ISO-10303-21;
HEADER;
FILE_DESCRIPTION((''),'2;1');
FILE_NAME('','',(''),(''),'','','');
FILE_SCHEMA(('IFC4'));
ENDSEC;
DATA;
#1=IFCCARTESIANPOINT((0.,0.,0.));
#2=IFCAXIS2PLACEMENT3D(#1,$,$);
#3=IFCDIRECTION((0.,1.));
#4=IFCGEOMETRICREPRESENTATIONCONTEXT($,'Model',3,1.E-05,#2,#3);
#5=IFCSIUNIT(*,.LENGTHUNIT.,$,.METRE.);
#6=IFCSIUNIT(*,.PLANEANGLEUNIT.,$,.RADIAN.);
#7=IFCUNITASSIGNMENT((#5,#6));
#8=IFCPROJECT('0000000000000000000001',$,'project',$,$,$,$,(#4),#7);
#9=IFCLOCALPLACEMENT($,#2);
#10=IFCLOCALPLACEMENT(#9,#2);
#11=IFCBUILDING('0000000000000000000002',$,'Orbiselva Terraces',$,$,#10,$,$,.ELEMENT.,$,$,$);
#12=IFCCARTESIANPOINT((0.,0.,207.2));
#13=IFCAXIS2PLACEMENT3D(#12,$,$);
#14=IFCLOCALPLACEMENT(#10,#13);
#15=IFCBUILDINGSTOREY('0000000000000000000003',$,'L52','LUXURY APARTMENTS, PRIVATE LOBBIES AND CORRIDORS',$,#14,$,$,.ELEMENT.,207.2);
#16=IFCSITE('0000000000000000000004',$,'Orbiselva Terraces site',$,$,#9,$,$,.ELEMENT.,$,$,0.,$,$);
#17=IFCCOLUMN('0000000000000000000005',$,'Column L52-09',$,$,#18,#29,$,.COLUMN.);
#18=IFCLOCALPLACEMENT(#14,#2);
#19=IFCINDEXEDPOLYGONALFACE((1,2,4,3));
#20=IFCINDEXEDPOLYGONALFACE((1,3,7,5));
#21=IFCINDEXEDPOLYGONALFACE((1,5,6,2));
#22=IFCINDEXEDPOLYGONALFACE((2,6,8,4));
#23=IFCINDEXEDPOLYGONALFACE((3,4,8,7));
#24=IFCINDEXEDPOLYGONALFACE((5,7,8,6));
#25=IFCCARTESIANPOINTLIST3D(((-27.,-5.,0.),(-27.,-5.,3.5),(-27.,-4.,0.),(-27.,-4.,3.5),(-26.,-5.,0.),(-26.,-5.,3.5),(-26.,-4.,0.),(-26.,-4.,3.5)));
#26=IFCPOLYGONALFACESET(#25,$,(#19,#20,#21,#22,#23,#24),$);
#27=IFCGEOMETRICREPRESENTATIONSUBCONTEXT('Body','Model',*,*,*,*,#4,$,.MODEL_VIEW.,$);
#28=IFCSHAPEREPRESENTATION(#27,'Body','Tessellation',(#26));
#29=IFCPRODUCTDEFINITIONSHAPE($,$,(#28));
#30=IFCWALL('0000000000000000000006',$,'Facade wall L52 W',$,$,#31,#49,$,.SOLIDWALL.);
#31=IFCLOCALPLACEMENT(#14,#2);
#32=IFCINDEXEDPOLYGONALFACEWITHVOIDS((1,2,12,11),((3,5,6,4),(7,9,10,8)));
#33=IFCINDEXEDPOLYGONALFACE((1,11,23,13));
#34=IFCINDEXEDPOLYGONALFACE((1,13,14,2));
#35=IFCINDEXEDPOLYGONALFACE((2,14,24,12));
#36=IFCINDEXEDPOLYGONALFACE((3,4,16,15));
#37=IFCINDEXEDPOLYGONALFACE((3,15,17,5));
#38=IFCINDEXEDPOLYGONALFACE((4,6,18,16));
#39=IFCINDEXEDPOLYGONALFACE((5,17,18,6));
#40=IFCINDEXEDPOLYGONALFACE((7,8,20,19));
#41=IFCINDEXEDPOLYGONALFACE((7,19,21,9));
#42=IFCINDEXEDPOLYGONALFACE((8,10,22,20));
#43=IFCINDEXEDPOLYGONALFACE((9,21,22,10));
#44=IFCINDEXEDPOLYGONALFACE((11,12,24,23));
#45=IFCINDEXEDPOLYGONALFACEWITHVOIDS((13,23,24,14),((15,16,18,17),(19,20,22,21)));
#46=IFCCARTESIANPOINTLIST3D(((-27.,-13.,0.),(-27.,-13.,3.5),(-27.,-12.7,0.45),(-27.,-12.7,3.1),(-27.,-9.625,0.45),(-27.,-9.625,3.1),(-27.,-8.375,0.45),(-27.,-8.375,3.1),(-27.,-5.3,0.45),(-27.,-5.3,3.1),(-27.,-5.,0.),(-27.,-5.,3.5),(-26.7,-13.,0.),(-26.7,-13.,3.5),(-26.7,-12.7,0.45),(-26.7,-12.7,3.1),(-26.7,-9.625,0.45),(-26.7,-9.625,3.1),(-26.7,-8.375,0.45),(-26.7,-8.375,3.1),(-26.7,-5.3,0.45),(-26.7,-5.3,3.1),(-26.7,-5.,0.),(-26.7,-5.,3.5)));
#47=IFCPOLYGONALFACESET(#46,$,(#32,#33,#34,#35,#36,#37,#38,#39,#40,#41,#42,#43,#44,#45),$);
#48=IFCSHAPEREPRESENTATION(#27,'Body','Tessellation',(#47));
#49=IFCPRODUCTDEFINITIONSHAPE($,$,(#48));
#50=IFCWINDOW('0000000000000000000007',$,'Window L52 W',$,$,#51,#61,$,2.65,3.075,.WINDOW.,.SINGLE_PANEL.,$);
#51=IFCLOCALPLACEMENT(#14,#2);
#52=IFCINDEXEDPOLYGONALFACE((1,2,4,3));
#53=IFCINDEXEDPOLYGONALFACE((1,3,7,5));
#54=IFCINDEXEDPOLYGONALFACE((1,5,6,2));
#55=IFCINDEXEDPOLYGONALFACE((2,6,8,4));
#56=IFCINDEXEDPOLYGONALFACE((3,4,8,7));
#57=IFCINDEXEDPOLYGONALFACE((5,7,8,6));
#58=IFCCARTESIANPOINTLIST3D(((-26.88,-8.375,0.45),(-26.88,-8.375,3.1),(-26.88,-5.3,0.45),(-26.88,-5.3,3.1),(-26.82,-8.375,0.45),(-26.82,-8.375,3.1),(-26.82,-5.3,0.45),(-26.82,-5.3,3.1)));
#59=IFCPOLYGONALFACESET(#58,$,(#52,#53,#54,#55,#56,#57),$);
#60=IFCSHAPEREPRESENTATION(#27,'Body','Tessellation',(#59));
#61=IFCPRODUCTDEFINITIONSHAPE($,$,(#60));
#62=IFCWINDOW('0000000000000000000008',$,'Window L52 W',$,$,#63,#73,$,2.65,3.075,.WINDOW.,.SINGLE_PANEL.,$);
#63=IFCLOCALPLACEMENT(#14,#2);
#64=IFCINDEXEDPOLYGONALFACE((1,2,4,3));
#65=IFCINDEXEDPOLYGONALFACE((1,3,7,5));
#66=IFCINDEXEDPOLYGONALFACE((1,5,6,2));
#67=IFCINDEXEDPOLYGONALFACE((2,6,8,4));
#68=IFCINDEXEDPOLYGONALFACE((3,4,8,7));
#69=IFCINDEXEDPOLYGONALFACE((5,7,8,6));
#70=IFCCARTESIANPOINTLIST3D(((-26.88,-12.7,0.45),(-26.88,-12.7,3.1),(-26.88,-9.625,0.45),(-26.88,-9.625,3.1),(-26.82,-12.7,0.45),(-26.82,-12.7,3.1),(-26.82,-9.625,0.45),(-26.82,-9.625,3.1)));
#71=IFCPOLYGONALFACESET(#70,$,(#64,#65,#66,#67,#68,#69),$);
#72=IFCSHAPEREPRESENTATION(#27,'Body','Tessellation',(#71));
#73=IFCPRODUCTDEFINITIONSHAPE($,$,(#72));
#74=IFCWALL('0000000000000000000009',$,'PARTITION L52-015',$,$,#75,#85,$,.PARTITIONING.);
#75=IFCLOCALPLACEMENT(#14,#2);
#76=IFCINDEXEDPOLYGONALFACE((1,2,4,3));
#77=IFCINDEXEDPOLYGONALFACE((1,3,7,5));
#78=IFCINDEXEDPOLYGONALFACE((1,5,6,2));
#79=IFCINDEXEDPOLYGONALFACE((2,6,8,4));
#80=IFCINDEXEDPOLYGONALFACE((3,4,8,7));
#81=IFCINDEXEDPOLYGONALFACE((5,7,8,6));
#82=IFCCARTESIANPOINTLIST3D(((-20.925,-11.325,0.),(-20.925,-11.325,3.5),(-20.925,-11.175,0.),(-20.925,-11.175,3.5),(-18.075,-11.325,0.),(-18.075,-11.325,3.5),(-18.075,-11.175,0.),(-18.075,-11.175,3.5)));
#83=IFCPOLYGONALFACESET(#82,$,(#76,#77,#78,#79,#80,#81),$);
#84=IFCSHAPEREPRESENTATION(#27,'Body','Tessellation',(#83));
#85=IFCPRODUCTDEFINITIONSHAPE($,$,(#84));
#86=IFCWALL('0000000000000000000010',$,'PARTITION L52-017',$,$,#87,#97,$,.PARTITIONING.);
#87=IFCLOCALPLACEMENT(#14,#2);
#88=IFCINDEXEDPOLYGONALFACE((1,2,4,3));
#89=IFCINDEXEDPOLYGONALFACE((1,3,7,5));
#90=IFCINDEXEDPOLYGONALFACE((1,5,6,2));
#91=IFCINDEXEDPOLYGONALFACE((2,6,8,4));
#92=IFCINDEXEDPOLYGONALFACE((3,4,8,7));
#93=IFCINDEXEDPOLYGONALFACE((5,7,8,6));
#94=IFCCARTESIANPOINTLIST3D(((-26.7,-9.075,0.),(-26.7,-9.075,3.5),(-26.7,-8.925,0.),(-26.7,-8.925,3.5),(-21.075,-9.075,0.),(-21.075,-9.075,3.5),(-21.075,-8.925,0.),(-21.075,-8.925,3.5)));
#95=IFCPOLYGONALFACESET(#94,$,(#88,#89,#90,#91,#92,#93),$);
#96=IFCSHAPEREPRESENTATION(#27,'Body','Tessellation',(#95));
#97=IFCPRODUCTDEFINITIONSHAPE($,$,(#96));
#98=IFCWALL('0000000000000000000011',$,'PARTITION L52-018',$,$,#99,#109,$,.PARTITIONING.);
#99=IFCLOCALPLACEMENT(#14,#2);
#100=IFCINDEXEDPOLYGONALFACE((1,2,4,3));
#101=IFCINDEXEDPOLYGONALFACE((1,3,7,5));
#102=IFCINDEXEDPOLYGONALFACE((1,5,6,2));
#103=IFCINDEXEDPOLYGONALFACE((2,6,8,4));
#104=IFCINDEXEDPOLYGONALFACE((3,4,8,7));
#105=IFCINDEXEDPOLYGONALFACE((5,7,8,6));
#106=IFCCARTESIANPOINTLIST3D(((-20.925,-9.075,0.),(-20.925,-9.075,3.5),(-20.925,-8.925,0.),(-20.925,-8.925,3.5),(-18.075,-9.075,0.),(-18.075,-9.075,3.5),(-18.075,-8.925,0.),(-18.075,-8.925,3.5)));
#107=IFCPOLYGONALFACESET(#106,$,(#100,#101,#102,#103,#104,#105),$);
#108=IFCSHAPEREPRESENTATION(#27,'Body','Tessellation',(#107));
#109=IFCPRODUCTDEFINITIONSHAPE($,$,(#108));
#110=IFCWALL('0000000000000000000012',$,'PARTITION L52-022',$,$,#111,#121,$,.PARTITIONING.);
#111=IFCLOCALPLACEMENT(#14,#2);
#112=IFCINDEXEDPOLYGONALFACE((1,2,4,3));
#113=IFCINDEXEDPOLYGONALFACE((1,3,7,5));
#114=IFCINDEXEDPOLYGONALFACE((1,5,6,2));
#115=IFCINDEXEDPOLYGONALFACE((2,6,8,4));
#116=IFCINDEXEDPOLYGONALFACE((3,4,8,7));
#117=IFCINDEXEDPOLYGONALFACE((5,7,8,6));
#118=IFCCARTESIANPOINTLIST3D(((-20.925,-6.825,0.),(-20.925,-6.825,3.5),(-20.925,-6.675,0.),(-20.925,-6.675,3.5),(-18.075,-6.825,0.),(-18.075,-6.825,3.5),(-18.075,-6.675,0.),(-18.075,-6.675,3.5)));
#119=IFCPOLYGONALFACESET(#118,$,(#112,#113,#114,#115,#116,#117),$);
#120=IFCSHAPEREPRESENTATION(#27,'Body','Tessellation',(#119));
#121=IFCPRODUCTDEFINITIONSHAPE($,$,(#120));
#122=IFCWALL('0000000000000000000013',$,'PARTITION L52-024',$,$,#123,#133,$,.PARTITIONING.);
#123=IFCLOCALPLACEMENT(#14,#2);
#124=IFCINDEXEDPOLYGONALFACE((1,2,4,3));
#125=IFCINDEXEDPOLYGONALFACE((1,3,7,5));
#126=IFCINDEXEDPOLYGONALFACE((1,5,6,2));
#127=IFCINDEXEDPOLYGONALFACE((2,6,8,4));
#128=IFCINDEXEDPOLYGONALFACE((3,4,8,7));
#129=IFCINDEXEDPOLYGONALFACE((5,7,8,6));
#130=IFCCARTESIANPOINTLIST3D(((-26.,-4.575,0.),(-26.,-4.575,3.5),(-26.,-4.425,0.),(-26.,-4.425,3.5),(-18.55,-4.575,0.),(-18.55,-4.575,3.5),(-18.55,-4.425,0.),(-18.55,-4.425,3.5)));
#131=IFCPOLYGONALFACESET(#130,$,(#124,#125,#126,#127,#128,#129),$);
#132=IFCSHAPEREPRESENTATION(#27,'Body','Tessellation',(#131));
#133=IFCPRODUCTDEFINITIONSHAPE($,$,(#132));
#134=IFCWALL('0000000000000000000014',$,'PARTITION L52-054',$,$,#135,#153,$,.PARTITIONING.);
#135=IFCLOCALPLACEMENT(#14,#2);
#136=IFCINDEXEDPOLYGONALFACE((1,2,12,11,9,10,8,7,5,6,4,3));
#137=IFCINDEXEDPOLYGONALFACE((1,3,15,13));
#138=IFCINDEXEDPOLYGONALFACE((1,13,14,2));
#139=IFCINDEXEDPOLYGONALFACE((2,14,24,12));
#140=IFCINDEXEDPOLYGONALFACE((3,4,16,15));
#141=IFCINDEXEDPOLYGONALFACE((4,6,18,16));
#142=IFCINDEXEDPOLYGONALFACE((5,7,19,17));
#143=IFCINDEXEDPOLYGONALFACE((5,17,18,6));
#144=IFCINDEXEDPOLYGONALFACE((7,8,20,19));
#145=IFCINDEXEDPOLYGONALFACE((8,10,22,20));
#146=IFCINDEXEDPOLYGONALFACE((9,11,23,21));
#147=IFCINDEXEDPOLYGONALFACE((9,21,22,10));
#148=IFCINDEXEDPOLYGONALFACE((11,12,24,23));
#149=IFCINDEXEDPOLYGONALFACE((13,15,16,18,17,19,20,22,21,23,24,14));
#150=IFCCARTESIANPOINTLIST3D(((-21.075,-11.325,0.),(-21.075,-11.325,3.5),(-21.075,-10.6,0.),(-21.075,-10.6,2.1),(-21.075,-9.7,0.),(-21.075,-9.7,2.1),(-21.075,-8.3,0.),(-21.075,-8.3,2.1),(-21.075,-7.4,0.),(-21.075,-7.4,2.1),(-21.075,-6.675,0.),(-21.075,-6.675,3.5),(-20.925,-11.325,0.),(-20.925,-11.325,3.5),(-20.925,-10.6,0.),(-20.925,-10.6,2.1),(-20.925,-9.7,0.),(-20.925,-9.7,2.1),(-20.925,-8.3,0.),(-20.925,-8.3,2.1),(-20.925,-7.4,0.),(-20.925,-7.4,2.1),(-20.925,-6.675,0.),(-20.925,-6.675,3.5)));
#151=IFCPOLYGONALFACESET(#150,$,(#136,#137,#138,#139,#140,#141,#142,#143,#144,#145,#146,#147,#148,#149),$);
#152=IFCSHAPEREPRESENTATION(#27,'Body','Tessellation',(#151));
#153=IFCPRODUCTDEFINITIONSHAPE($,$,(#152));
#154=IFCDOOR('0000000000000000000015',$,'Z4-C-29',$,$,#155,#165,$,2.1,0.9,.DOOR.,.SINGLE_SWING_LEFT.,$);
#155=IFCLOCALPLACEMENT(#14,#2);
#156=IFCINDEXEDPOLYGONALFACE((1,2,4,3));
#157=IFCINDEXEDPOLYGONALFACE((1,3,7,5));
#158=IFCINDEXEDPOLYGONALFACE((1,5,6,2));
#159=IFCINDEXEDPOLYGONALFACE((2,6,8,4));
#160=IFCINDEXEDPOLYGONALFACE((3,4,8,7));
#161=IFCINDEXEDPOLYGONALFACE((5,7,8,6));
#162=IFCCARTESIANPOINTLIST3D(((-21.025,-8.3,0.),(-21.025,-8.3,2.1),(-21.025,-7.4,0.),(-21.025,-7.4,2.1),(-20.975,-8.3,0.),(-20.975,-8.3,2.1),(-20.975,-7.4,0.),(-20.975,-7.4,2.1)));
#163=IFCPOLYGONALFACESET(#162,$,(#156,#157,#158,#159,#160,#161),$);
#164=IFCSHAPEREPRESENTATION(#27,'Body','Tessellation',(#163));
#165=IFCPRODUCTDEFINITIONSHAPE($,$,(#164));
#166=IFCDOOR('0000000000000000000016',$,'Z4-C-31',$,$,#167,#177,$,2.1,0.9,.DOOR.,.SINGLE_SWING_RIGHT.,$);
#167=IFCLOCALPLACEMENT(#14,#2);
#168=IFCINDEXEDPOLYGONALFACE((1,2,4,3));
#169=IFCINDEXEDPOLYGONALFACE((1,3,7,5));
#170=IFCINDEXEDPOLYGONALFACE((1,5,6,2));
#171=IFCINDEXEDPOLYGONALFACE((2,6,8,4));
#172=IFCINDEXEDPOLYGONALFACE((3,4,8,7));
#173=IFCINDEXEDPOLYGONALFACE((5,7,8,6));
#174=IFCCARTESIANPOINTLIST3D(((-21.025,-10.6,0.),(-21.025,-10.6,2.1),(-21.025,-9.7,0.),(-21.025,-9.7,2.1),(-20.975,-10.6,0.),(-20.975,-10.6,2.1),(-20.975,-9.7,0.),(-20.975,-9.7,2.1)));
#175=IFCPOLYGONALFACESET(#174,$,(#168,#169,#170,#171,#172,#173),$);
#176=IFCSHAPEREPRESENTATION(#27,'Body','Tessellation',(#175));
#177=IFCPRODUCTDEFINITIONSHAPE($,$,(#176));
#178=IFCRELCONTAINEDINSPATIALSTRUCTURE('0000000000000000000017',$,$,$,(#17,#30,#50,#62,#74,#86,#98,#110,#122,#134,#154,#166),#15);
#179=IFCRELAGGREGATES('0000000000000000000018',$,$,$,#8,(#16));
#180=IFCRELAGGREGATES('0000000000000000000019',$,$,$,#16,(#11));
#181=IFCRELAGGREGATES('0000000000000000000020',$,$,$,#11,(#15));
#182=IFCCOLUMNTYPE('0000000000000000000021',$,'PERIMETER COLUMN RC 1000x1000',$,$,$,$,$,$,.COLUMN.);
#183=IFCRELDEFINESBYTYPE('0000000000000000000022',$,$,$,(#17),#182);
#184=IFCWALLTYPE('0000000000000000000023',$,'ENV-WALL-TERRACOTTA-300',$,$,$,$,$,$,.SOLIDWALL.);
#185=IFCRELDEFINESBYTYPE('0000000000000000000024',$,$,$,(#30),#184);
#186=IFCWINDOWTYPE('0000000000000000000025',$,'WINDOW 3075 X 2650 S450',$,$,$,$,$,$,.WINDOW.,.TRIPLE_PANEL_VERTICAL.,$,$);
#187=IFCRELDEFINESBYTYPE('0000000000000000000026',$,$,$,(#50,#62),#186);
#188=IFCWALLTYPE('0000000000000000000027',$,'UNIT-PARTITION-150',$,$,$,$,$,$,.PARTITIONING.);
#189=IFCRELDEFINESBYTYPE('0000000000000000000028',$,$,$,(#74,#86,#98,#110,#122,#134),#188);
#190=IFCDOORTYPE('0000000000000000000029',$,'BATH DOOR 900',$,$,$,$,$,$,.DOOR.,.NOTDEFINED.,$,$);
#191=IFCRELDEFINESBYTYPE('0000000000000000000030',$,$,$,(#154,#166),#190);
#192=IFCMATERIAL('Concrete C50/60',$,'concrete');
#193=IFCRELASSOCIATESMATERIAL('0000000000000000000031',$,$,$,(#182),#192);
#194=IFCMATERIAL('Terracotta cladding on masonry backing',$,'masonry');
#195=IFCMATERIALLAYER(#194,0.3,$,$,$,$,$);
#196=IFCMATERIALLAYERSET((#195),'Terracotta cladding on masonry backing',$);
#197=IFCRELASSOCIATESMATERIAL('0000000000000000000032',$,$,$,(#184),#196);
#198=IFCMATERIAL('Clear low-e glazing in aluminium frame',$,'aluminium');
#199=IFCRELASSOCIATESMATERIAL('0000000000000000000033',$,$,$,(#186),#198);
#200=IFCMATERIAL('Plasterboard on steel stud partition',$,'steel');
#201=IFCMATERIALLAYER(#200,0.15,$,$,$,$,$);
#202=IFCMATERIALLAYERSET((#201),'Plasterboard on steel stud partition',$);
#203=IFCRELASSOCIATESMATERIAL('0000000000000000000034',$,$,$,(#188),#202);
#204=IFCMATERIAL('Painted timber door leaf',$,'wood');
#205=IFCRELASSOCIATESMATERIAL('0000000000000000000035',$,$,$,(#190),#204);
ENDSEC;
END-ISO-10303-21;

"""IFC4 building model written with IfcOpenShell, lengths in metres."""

from ifc_helpers import new_model, si_unit, direction, frame, frame_2d, origin, origin_2d, place, context, subcontext, project, spatial, rectangle, extrude, material, layer, layer_set, material_profile, profile_set, type_object, element, fill, save


model = new_model("IFC4")

# Units and contexts
model_context = context("Model", 3, precision=1e-05, world=origin(), true_north=direction((0.0, 1.0)))
body_context = subcontext(model_context, "Body", "Model", "MODEL_VIEW")
ifc_project = project(units=[si_unit("LENGTHUNIT", "METRE"), si_unit("PLANEANGLEUNIT", "RADIAN")], contexts=[model_context])

# Site, building, storey
site_placement = place(None, origin())
site = spatial("IfcSite", under=ifc_project, at=site_placement, Name="Orbiselva Terraces site", CompositionType="ELEMENT", RefElevation=0.0)
building_placement = place(site_placement, origin())
building = spatial("IfcBuilding", under=site, at=building_placement, Name="Orbiselva Terraces", CompositionType="ELEMENT")
storey_placement = place(building_placement, frame((0.0, 0.0, 207.2)))
storey = spatial("IfcBuildingStorey", under=building, at=storey_placement, Name="L52", Description="LUXURY APARTMENTS, PRIVATE LOBBIES AND CORRIDORS", CompositionType="ELEMENT", Elevation=207.2)

# Column
ifc_material_1 = material(Name="Concrete C50/60", Category="concrete")
ifc_material_profile = material_profile(ifc_material_1, rectangle(XDim=1.0, YDim=1.0, at=origin_2d()), Name="RC 1000x1000")
ifc_profile_set = profile_set([ifc_material_profile], Name="Concrete C50/60")
column_type = type_object("IfcColumnType", Name="PERIMETER COLUMN RC 1000x1000", PredefinedType="COLUMN", material=ifc_profile_set)
column_placement = place(storey_placement, frame((-26.5, -4.5, 0.0), z_axis=(0.0, 0.0, 1.0), x_axis=(1.0, 0.0, 0.0)))
element("IfcColumn", 1, at=column_placement, inside=storey, type_object=column_type, Name="Column L52-09", PredefinedType="COLUMN", context=body_context, shape_type="SweptSolid", body=[
    extrude(rectangle(XDim=1.0, YDim=1.0, at=origin_2d()), origin(), (0.0, 0.0, 1.0), 3.5),
])

# Wall, openings, windows
ifc_material_2 = material(Name="Terracotta cladding on masonry backing", Category="masonry")
ifc_layer_1 = layer(ifc_material_2, 0.3)
ifc_layer_set_1 = layer_set([ifc_layer_1], Name="Terracotta cladding on masonry backing")
wall_type_1 = type_object("IfcWallType", Name="ENV-WALL-TERRACOTTA-300", PredefinedType="SOLIDWALL", material=ifc_layer_set_1)
wall_1_placement = place(storey_placement, frame((-26.85, -13.0, 0.0), z_axis=(0.0, 0.0, 1.0), x_axis=(0.0, 1.0, 0.0)))
wall_1 = element("IfcWall", 2, at=wall_1_placement, inside=storey, type_object=wall_type_1, Name="Facade wall L52 W", PredefinedType="SOLIDWALL", context=body_context, shape_type="SweptSolid", body=[
    extrude(rectangle(XDim=8.0, YDim=0.3, at=frame_2d((4.0, 0.0))), origin(), (0.0, 0.0, 1.0), 3.5),
])
opening_1_placement = place(wall_1_placement, frame((4.625, 0.0, 0.45)))
opening_1 = element("IfcOpeningElement", 3, at=opening_1_placement, cuts=wall_1, PredefinedType="OPENING", context=body_context, shape_type="SweptSolid", body=[
    extrude(rectangle(XDim=3.075, YDim=2.65, at=frame_2d((1.5375, 1.325))), frame((0.0, 0.16, 0.0), z_axis=(0.0, -1.0, 0.0), x_axis=(1.0, 0.0, 0.0)), (0.0, 0.0, 1.0), 0.32),
])
opening_2_placement = place(wall_1_placement, frame((0.3, 0.0, 0.45)))
opening_2 = element("IfcOpeningElement", 4, at=opening_2_placement, cuts=wall_1, PredefinedType="OPENING", context=body_context, shape_type="SweptSolid", body=[
    extrude(rectangle(XDim=3.075, YDim=2.65, at=frame_2d((1.5375, 1.325))), frame((0.0, 0.16, 0.0), z_axis=(0.0, -1.0, 0.0), x_axis=(1.0, 0.0, 0.0)), (0.0, 0.0, 1.0), 0.32),
])
ifc_material_3 = material(Name="Clear low-e glazing in aluminium frame", Category="aluminium")
window_type = type_object("IfcWindowType", Name="WINDOW 3075 X 2650 S450", PartitioningType="TRIPLE_PANEL_VERTICAL", PredefinedType="WINDOW", material=ifc_material_3)
window_1_placement = place(opening_1_placement, origin())
window_1 = element("IfcWindow", 5, at=window_1_placement, inside=storey, type_object=window_type, Name="Window L52 W", OverallHeight=2.65, OverallWidth=3.075, PartitioningType="SINGLE_PANEL", PredefinedType="WINDOW", context=body_context, shape_type="SweptSolid", body=[
    extrude(rectangle(XDim=3.075, YDim=2.65, at=frame_2d((1.5375, 1.325))), frame((0.0, 0.03, 0.0), z_axis=(0.0, -1.0, 0.0), x_axis=(1.0, 0.0, 0.0)), (0.0, 0.0, 1.0), 0.06),
])
fill(opening_1, window_1)
window_2_placement = place(opening_2_placement, origin())
window_2 = element("IfcWindow", 6, at=window_2_placement, inside=storey, type_object=window_type, Name="Window L52 W", OverallHeight=2.65, OverallWidth=3.075, PartitioningType="SINGLE_PANEL", PredefinedType="WINDOW", context=body_context, shape_type="SweptSolid", body=[
    extrude(rectangle(XDim=3.075, YDim=2.65, at=frame_2d((1.5375, 1.325))), frame((0.0, 0.03, 0.0), z_axis=(0.0, -1.0, 0.0), x_axis=(1.0, 0.0, 0.0)), (0.0, 0.0, 1.0), 0.06),
])
fill(opening_2, window_2)

# Walls
ifc_material_4 = material(Name="Plasterboard on steel stud partition", Category="steel")
ifc_layer_2 = layer(ifc_material_4, 0.15)
ifc_layer_set_2 = layer_set([ifc_layer_2], Name="Plasterboard on steel stud partition")
wall_type_2 = type_object("IfcWallType", Name="UNIT-PARTITION-150", PredefinedType="PARTITIONING", material=ifc_layer_set_2)
wall_2_placement = place(storey_placement, frame((-20.925, -11.25, 0.0), z_axis=(0.0, 0.0, 1.0), x_axis=(1.0, 0.0, 0.0)))
element("IfcWall", 7, at=wall_2_placement, inside=storey, type_object=wall_type_2, Name="PARTITION L52-015", PredefinedType="PARTITIONING", context=body_context, shape_type="SweptSolid", body=[
    extrude(rectangle(XDim=2.85, YDim=0.15, at=frame_2d((1.425, 0.0))), origin(), (0.0, 0.0, 1.0), 3.5),
])
wall_3_placement = place(storey_placement, frame((-26.7, -9.0, 0.0), z_axis=(0.0, 0.0, 1.0), x_axis=(1.0, 0.0, 0.0)))
element("IfcWall", 8, at=wall_3_placement, inside=storey, type_object=wall_type_2, Name="PARTITION L52-017", PredefinedType="PARTITIONING", context=body_context, shape_type="SweptSolid", body=[
    extrude(rectangle(XDim=5.625, YDim=0.15, at=frame_2d((2.8125, 0.0))), origin(), (0.0, 0.0, 1.0), 3.5),
])
for number, where, z_axis, x_axis, name in (
    (9, (-20.925, -9.0, 0.0), (0.0, 0.0, 1.0), (1.0, 0.0, 0.0), "PARTITION L52-018"),
    (10, (-20.925, -6.75, 0.0), (0.0, 0.0, 1.0), (1.0, 0.0, 0.0), "PARTITION L52-022"),
):
    element("IfcWall", number, at=place(storey_placement, frame(where, z_axis=z_axis, x_axis=x_axis)), inside=storey, type_object=wall_type_2, Name=name, PredefinedType="PARTITIONING", context=body_context, shape_type="SweptSolid", body=[
        extrude(rectangle(XDim=2.85, YDim=0.15, at=frame_2d((1.425, 0.0))), origin(), (0.0, 0.0, 1.0), 3.5),
    ])
wall_4_placement = place(storey_placement, frame((-26.0, -4.5, 0.0), z_axis=(0.0, 0.0, 1.0), x_axis=(1.0, 0.0, 0.0)))
element("IfcWall", 11, at=wall_4_placement, inside=storey, type_object=wall_type_2, Name="PARTITION L52-024", PredefinedType="PARTITIONING", context=body_context, shape_type="SweptSolid", body=[
    extrude(rectangle(XDim=7.45, YDim=0.15, at=frame_2d((3.725, 0.0))), origin(), (0.0, 0.0, 1.0), 3.5),
])

# Wall, openings, doors
wall_5_placement = place(storey_placement, frame((-21.0, -6.675, 0.0), z_axis=(0.0, 0.0, 1.0), x_axis=(0.0, -1.0, 0.0)))
wall_5 = element("IfcWall", 12, at=wall_5_placement, inside=storey, type_object=wall_type_2, Name="PARTITION L52-054", PredefinedType="PARTITIONING", context=body_context, shape_type="SweptSolid", body=[
    extrude(rectangle(XDim=4.65, YDim=0.15, at=frame_2d((2.325, 0.0))), origin(), (0.0, 0.0, 1.0), 3.5),
])
opening_3_placement = place(wall_5_placement, frame((0.725, 0.0, 0.0)))
opening_3 = element("IfcOpeningElement", 13, at=opening_3_placement, cuts=wall_5, PredefinedType="OPENING", context=body_context, shape_type="SweptSolid", body=[
    extrude(rectangle(XDim=0.9, YDim=2.1, at=frame_2d((0.45, 1.05))), frame((0.0, 0.085, 0.0), z_axis=(0.0, -1.0, 0.0), x_axis=(1.0, 0.0, 0.0)), (0.0, 0.0, 1.0), 0.17),
])
opening_4_placement = place(wall_5_placement, frame((3.025, 0.0, 0.0)))
opening_4 = element("IfcOpeningElement", 14, at=opening_4_placement, cuts=wall_5, PredefinedType="OPENING", context=body_context, shape_type="SweptSolid", body=[
    extrude(rectangle(XDim=0.9, YDim=2.1, at=frame_2d((0.45, 1.05))), frame((0.0, 0.085, 0.0), z_axis=(0.0, -1.0, 0.0), x_axis=(1.0, 0.0, 0.0)), (0.0, 0.0, 1.0), 0.17),
])
ifc_material_5 = material(Name="Painted timber door leaf", Category="wood")
door_type_1 = type_object("IfcDoorType", Name="BATH DOOR 900", OperationType="NOTDEFINED", PredefinedType="DOOR", material=ifc_material_5)
door_1_placement = place(opening_3_placement, origin())
door_1 = element("IfcDoor", 15, at=door_1_placement, inside=storey, type_object=door_type_1, Name="Z4-C-29", OperationType="SINGLE_SWING_LEFT", OverallHeight=2.1, OverallWidth=0.9, PredefinedType="DOOR", context=body_context, shape_type="SweptSolid", body=[
    extrude(rectangle(XDim=0.9, YDim=2.1, at=frame_2d((0.45, 1.05))), frame((0.0, 0.025, 0.0), z_axis=(0.0, -1.0, 0.0), x_axis=(1.0, 0.0, 0.0)), (0.0, 0.0, 1.0), 0.05),
])
fill(opening_3, door_1)
door_2_placement = place(opening_4_placement, origin())
door_2 = element("IfcDoor", 16, at=door_2_placement, inside=storey, type_object=door_type_1, Name="Z4-C-31", OperationType="SINGLE_SWING_RIGHT", OverallHeight=2.1, OverallWidth=0.9, PredefinedType="DOOR", context=body_context, shape_type="SweptSolid", body=[
    extrude(rectangle(XDim=0.9, YDim=2.1, at=frame_2d((0.45, 1.05))), frame((0.0, 0.025, 0.0), z_axis=(0.0, -1.0, 0.0), x_axis=(1.0, 0.0, 0.0)), (0.0, 0.0, 1.0), 0.05),
])
fill(opening_4, door_2)

save(model, "model.ifc")
